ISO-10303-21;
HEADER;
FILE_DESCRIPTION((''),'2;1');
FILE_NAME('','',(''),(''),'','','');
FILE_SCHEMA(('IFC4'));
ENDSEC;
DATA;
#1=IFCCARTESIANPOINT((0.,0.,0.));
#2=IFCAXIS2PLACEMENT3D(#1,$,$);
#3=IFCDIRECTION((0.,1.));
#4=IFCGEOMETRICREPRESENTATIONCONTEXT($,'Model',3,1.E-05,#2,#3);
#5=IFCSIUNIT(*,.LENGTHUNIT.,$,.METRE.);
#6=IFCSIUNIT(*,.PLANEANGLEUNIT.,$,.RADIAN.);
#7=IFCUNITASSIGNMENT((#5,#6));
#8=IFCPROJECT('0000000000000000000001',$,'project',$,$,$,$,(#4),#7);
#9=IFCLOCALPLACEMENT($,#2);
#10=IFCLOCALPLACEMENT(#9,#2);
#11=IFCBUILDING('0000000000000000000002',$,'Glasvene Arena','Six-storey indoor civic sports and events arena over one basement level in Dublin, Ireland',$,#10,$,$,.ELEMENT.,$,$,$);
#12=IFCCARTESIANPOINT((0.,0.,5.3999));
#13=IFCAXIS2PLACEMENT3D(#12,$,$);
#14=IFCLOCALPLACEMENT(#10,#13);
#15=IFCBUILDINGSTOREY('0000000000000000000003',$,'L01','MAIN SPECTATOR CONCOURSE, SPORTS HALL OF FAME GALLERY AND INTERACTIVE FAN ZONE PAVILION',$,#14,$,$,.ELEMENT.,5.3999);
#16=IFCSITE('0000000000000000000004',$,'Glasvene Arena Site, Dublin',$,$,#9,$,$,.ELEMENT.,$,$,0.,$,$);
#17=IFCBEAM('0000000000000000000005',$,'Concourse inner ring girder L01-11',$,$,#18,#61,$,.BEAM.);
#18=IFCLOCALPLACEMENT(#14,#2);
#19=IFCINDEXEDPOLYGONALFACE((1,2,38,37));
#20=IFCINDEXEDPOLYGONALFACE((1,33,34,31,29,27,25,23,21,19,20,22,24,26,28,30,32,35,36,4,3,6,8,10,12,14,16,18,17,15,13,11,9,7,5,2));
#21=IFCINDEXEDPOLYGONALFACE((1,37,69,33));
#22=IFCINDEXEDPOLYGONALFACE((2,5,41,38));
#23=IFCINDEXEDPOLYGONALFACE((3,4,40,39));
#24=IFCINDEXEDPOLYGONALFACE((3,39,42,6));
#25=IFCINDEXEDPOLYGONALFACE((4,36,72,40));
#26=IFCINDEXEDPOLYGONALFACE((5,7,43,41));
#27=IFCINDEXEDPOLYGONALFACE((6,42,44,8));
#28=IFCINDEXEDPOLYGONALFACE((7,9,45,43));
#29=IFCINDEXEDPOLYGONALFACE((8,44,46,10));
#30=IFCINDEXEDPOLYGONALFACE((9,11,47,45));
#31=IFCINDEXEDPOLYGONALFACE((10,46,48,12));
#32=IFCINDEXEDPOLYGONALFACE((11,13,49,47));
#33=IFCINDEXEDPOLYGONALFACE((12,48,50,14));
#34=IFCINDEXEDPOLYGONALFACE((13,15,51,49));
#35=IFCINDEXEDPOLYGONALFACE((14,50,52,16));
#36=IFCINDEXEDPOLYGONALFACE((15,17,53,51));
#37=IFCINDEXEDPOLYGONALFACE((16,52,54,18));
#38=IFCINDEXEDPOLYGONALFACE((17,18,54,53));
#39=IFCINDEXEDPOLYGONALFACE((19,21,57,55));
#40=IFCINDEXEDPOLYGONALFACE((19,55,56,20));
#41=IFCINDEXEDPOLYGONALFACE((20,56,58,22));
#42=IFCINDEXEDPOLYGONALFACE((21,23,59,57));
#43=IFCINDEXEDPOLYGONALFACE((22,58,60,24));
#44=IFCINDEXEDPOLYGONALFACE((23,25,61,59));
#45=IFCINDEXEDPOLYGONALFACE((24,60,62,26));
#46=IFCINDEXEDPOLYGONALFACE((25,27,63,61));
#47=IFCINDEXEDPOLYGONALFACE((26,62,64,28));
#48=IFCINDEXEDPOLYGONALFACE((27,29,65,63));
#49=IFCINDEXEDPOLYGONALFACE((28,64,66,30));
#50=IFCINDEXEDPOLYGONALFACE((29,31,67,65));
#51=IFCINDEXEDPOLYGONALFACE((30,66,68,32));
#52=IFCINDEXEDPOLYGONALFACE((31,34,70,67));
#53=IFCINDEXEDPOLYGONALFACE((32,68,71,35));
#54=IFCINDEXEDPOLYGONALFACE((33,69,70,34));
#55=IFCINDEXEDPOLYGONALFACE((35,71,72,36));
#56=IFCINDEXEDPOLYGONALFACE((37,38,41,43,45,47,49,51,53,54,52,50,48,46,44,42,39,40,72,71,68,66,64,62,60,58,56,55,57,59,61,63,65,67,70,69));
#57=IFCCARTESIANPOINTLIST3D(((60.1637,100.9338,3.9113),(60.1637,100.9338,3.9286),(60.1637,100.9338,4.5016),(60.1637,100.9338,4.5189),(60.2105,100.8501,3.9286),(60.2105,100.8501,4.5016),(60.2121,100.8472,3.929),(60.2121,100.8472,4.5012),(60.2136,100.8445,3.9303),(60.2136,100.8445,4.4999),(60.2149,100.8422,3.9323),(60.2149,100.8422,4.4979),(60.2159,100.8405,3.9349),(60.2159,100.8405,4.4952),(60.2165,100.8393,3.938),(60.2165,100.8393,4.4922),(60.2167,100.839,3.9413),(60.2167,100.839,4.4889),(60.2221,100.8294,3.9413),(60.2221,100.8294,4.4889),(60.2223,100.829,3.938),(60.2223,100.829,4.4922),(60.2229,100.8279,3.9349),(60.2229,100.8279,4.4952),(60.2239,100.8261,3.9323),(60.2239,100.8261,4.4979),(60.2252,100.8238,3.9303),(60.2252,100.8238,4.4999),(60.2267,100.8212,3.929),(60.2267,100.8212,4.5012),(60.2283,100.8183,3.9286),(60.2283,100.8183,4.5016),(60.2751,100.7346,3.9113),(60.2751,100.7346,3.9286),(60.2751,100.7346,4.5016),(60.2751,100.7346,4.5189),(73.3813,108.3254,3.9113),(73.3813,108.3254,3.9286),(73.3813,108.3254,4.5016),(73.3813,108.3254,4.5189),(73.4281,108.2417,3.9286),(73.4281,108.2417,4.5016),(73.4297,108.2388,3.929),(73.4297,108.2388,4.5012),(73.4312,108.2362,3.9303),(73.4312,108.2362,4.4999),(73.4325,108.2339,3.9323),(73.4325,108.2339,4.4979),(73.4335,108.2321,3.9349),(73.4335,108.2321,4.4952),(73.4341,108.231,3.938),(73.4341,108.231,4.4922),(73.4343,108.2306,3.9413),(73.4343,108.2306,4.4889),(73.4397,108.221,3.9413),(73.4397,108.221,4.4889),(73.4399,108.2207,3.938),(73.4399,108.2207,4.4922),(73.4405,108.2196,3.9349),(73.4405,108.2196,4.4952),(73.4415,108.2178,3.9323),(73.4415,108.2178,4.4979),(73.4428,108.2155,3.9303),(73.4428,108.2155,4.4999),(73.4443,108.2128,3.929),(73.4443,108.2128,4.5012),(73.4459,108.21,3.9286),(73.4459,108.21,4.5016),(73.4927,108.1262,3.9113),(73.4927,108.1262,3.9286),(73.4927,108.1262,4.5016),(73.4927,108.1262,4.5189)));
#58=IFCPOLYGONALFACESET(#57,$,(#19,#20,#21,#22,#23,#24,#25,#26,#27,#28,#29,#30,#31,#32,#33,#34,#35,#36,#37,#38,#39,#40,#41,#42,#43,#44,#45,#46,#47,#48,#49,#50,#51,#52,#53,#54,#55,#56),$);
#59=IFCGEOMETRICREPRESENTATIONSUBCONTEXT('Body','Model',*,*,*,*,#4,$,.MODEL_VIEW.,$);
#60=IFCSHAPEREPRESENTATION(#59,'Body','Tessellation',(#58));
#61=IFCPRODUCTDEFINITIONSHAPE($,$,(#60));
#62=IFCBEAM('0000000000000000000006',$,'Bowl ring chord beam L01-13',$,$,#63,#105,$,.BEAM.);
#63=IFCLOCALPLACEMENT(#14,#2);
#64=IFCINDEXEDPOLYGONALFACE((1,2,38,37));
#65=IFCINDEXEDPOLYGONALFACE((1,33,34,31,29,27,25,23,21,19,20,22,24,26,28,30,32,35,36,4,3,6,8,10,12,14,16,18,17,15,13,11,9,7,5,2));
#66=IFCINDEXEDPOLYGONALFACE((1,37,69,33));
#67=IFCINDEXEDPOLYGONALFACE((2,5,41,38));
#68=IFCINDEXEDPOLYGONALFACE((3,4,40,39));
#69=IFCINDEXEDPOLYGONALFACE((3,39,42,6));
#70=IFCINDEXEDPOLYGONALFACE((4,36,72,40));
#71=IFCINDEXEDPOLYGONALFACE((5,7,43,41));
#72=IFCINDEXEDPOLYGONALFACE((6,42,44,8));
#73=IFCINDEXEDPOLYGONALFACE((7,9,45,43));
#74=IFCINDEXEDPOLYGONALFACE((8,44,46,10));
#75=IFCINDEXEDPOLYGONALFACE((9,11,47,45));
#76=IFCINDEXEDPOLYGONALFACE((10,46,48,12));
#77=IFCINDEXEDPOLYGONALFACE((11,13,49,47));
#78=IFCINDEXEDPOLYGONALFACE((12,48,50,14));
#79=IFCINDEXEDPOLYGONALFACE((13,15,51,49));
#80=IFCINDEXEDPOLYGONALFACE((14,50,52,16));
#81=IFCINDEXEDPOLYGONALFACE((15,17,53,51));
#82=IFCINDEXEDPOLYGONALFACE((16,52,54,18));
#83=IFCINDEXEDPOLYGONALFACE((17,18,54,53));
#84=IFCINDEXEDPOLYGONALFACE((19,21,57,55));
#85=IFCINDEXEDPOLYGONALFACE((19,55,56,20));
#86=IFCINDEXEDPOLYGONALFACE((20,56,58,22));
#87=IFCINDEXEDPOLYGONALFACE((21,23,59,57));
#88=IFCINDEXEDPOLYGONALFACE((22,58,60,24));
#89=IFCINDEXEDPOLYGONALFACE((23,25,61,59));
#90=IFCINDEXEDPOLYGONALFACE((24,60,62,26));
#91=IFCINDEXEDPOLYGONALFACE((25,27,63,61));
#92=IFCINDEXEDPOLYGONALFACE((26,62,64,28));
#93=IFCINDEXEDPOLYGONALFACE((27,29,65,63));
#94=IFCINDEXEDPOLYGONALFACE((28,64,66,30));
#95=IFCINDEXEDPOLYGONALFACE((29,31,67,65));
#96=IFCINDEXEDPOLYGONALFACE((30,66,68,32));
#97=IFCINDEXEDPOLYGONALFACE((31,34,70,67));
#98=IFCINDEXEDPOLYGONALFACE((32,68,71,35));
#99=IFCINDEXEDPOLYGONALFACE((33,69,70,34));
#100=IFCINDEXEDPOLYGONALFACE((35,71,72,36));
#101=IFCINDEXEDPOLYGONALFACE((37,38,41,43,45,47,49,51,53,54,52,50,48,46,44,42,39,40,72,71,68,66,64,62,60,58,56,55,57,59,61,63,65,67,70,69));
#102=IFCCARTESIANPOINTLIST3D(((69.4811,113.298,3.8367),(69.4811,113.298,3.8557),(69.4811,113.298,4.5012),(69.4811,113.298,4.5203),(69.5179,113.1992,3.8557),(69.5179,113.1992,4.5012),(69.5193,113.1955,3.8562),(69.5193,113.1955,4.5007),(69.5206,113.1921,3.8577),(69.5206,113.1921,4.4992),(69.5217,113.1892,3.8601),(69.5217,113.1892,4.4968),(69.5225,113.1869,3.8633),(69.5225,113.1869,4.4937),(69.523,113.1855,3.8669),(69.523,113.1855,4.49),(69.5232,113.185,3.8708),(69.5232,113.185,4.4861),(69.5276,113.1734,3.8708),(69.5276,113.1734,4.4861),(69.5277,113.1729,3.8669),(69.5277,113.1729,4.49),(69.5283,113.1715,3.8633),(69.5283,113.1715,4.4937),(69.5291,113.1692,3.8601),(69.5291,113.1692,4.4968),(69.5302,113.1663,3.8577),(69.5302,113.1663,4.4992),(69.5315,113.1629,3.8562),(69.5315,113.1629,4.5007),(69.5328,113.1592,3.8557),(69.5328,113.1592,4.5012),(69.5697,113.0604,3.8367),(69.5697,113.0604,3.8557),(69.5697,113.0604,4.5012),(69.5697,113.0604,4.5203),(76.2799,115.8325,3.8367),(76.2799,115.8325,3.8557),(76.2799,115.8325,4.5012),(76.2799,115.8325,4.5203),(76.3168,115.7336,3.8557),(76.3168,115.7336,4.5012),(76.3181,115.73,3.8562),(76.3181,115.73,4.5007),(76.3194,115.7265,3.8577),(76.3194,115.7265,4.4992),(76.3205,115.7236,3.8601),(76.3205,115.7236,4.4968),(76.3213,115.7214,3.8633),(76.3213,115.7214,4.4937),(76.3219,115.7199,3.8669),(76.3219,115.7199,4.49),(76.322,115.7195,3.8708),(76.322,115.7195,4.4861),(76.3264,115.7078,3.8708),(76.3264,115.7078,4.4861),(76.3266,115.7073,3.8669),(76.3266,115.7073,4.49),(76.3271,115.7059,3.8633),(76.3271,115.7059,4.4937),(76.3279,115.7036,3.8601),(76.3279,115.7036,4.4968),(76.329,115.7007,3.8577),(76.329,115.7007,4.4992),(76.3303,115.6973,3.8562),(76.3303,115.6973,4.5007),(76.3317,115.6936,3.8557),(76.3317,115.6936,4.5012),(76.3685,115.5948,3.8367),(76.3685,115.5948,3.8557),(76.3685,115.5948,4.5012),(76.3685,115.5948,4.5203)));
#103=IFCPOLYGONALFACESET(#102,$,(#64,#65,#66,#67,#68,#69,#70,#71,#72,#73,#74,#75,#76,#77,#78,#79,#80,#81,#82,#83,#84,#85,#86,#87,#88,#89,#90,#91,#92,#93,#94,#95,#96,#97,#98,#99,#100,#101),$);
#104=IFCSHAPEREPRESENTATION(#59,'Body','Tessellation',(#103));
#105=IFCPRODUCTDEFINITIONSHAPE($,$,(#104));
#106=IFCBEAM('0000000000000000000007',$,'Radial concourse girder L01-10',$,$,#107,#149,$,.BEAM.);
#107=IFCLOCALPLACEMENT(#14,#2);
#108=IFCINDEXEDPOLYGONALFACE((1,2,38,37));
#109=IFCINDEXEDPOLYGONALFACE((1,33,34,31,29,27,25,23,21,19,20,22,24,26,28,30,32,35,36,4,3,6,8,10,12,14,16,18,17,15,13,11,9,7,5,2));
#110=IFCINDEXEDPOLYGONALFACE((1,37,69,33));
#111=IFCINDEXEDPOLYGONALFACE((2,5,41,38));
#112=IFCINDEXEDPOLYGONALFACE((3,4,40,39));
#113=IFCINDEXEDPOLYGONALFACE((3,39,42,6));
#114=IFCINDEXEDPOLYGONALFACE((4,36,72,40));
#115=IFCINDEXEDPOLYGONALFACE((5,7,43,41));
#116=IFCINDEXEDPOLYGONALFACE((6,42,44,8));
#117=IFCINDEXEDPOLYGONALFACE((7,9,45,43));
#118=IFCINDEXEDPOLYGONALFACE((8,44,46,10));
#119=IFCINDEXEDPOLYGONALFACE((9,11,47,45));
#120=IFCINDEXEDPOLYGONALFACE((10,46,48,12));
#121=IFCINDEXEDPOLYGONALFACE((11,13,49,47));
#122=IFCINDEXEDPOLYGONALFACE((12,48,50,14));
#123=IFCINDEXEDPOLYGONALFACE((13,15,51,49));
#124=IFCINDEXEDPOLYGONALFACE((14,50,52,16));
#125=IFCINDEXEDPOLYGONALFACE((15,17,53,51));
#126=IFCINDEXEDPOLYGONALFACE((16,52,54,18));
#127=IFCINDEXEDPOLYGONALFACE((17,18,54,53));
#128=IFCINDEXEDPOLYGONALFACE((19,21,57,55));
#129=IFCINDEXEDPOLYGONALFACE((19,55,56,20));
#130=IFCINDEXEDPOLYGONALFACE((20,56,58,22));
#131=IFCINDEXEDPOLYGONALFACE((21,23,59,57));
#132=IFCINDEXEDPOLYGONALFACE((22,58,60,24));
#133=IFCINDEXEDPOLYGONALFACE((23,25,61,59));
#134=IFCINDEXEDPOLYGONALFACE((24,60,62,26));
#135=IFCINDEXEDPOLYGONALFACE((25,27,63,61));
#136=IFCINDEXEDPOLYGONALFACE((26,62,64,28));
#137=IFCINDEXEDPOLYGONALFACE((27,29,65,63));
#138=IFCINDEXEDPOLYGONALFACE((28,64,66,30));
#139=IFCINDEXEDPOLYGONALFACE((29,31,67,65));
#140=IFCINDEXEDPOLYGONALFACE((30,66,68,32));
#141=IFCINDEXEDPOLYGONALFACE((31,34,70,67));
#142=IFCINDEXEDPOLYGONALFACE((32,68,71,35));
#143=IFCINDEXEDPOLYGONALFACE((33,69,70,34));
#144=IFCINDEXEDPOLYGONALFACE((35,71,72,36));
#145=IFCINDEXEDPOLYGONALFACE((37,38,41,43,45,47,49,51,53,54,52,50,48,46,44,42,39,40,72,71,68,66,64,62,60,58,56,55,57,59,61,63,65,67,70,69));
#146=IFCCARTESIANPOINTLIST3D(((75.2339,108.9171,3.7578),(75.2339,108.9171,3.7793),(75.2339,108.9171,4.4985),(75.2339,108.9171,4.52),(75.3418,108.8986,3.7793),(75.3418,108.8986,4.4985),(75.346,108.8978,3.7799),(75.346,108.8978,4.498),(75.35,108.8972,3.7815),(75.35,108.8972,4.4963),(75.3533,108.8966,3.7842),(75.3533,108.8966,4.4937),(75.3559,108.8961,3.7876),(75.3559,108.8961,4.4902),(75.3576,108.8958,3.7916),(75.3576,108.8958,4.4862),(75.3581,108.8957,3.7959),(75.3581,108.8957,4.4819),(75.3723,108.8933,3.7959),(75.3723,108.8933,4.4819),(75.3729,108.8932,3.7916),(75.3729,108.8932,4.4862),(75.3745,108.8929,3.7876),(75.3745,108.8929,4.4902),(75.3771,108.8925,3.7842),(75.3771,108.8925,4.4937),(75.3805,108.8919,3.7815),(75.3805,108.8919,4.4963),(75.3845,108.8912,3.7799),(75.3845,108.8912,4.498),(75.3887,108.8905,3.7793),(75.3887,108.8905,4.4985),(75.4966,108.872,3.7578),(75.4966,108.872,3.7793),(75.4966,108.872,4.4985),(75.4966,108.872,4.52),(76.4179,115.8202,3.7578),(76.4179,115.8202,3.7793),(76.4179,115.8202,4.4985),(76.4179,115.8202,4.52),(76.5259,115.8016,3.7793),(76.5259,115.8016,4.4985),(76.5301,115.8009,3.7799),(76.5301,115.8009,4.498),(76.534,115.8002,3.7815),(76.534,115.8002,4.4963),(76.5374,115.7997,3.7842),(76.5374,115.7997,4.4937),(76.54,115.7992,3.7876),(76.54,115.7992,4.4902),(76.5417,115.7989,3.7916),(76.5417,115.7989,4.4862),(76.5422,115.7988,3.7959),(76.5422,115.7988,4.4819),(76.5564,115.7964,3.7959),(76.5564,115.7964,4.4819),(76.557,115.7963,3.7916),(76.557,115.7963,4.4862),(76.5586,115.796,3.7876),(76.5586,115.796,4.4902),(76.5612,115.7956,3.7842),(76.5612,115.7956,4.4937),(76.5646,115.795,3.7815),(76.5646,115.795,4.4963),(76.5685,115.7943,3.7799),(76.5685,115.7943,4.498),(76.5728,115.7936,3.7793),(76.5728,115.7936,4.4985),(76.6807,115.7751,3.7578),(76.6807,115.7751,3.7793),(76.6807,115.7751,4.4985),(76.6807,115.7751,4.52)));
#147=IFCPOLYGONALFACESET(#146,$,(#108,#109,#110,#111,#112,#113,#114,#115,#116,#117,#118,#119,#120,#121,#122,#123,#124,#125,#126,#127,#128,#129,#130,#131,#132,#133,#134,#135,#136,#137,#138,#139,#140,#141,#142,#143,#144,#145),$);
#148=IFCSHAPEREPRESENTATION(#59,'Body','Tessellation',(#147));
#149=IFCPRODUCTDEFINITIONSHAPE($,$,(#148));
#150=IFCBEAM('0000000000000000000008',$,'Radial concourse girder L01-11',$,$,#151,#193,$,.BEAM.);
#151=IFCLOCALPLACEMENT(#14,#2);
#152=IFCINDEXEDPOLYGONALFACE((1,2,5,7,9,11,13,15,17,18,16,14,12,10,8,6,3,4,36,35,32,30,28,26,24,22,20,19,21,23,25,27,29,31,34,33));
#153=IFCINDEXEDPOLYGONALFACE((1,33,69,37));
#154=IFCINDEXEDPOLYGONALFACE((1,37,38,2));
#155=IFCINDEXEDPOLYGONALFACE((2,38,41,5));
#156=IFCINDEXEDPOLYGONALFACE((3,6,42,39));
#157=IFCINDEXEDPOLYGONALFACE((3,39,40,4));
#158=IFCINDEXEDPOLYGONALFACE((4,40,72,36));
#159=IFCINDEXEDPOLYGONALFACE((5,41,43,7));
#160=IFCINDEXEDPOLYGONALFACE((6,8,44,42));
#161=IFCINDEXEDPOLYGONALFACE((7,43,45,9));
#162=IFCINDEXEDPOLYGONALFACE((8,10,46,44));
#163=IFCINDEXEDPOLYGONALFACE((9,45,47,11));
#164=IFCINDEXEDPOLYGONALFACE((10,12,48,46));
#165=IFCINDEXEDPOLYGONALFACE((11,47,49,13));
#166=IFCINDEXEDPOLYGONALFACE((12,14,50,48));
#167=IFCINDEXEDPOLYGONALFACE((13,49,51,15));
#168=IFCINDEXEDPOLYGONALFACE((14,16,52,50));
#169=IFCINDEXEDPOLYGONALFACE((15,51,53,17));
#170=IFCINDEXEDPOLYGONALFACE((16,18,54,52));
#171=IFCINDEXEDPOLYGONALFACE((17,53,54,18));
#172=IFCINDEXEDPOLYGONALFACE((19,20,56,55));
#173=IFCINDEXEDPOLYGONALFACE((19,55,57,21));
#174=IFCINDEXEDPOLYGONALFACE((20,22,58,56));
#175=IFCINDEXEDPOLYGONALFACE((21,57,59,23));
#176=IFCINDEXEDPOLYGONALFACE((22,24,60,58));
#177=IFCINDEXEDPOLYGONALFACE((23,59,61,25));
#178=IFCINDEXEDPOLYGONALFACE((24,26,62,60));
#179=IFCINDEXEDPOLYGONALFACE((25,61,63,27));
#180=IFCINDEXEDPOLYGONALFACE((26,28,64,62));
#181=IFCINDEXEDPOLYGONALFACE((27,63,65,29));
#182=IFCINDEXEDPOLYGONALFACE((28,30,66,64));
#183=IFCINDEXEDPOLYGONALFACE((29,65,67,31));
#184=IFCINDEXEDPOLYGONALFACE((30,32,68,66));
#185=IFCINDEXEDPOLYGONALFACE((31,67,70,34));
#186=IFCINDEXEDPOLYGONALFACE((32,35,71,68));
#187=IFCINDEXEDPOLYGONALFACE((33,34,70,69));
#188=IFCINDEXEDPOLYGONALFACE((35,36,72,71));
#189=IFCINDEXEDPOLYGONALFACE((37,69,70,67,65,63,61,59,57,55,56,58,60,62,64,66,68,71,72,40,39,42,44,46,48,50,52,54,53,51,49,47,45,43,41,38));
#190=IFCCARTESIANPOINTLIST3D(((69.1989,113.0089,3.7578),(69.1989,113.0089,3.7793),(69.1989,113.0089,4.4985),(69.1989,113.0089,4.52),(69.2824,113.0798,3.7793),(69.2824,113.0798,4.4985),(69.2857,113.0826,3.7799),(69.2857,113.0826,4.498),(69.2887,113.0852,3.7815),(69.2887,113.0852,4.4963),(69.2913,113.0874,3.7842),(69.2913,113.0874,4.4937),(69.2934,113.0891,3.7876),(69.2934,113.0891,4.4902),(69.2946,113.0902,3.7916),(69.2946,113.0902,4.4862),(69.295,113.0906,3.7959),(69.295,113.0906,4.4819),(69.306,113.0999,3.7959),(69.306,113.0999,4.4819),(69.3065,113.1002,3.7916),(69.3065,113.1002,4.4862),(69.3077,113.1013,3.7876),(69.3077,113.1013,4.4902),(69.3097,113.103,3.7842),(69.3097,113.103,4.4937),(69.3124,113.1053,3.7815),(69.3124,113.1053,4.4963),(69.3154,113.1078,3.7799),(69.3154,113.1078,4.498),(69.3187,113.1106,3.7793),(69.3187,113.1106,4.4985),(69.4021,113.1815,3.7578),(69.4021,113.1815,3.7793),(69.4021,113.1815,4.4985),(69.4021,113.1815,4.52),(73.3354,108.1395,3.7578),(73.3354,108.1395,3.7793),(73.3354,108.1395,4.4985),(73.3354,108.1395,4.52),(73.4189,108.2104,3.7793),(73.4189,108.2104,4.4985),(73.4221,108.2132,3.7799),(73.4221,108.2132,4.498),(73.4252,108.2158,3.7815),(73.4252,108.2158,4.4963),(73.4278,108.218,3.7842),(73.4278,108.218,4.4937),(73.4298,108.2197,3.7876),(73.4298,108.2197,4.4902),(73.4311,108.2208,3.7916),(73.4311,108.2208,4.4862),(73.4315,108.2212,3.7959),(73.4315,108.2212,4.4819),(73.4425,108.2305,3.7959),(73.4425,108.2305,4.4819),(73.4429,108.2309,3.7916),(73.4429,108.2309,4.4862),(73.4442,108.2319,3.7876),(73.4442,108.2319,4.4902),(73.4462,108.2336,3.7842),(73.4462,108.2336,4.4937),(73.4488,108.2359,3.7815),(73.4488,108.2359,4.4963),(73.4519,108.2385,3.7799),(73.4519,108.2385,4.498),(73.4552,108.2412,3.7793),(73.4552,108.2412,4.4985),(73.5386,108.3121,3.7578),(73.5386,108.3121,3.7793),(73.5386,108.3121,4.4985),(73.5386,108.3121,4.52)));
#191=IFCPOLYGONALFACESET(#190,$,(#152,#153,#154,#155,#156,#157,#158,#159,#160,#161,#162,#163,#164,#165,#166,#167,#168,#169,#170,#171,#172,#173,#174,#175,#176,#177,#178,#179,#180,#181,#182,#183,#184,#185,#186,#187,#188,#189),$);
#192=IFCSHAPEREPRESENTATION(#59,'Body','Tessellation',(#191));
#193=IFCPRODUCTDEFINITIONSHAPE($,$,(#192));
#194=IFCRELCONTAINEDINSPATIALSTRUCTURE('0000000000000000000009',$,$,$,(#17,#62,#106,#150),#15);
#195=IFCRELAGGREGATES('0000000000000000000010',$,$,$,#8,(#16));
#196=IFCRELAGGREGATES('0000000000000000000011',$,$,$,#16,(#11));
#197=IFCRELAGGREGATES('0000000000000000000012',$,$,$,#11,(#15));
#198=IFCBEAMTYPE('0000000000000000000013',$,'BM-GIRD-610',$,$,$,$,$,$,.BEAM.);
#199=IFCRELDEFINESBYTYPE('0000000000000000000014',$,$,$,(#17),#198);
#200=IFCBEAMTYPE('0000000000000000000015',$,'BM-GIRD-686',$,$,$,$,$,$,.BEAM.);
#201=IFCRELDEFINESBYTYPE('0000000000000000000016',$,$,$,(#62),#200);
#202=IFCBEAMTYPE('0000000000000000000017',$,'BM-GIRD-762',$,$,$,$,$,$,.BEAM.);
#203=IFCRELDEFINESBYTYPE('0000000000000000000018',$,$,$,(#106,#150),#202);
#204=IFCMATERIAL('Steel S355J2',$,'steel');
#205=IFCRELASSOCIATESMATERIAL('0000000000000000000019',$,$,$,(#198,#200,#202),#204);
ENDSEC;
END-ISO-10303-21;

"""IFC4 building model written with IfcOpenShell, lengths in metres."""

from ifc_helpers import new_model, si_unit, direction, frame, origin, origin_2d, place, context, subcontext, project, spatial, i_section, extrude, material, material_profile, profile_set, type_object, element, save


model = new_model("IFC4")

# Units and contexts
model_context = context("Model", 3, precision=1e-05, world=origin(), true_north=direction((0.0, 1.0)))
body_context = subcontext(model_context, "Body", "Model", "MODEL_VIEW")
ifc_project = project(units=[si_unit("LENGTHUNIT", "METRE"), si_unit("PLANEANGLEUNIT", "RADIAN")], contexts=[model_context])

# Site, building, storey
site_placement = place(None, origin())
site = spatial("IfcSite", under=ifc_project, at=site_placement, Name="Glasvene Arena Site, Dublin", CompositionType="ELEMENT", RefElevation=0.0)
building_placement = place(site_placement, origin())
building = spatial("IfcBuilding", under=site, at=building_placement, Name="Glasvene Arena", Description="Six-storey indoor civic sports and events arena over one basement level in Dublin, Ireland", CompositionType="ELEMENT")
storey_placement = place(building_placement, frame((0.0, 0.0, 5.3999)))
storey = spatial("IfcBuildingStorey", under=building, at=storey_placement, Name="L01", Description="MAIN SPECTATOR CONCOURSE, SPORTS HALL OF FAME GALLERY AND INTERACTIVE FAN ZONE PAVILION", CompositionType="ELEMENT", Elevation=5.3999)

# Shared definitions
ifc_material_1 = material(Name="Steel S355J2", Category="steel")

# Beams
ifc_material_profile_1 = material_profile(ifc_material_1, i_section(OverallWidth=0.2283, OverallDepth=0.6077, WebThickness=0.011, FlangeThickness=0.0173, FilletRadius=0.0127, at=origin_2d()), Name="UKB 610x229x113")
ifc_profile_set_1 = profile_set([ifc_material_profile_1], Name="Steel S355J2")
beam_type_1 = type_object("IfcBeamType", Name="BM-GIRD-610", PredefinedType="BEAM", material=ifc_profile_set_1)
beam_1_placement = place(storey_placement, frame((73.437, 108.2258, 4.2151), z_axis=(-0.872793, -0.48809, 0.0), x_axis=(0.48809, -0.872793, 0.0)))
element("IfcBeam", 1, at=beam_1_placement, inside=storey, type_object=beam_type_1, Name="Concourse inner ring girder L01-11", PredefinedType="BEAM", context=body_context, shape_type="SweptSolid", body=[
    extrude(i_section(OverallWidth=0.2283, OverallDepth=0.6077, WebThickness=0.011, FlangeThickness=0.0173, FilletRadius=0.0127, at=origin_2d()), origin(), (0.0, 0.0, 1.0), 15.144),
])
ifc_material_profile_2 = material_profile(ifc_material_1, i_section(OverallWidth=0.2537, OverallDepth=0.6836, WebThickness=0.0125, FlangeThickness=0.019, FilletRadius=0.0151, at=origin_2d()), Name="UKB 686x254x140")
ifc_profile_set_2 = profile_set([ifc_material_profile_2], Name="Steel S355J2")
beam_type_2 = type_object("IfcBeamType", Name="BM-GIRD-686", PredefinedType="BEAM", material=ifc_profile_set_2)
beam_2_placement = place(storey_placement, frame((76.3242, 115.7136, 4.1785), z_axis=(-0.937013, -0.349294, 0.0), x_axis=(0.349294, -0.937013, 0.0)))
element("IfcBeam", 2, at=beam_2_placement, inside=storey, type_object=beam_type_2, Name="Bowl ring chord beam L01-13", PredefinedType="BEAM", context=body_context, shape_type="SweptSolid", body=[
    extrude(i_section(OverallWidth=0.2537, OverallDepth=0.6836, WebThickness=0.0125, FlangeThickness=0.019, FilletRadius=0.0151, at=origin_2d()), origin(), (0.0, 0.0, 1.0), 7.2559),
])
ifc_material_profile_3 = material_profile(ifc_material_1, i_section(OverallWidth=0.2666, OverallDepth=0.7622, WebThickness=0.0144, FlangeThickness=0.0215, FilletRadius=0.0166, at=origin_2d()), Name="UKB 762x267x173")
ifc_profile_set_3 = profile_set([ifc_material_profile_3], Name="Steel S355J2")
beam_type_3 = type_object("IfcBeamType", Name="BM-GIRD-762", PredefinedType="BEAM", material=ifc_profile_set_3)
beam_3_placement = place(storey_placement, frame((75.3652, 108.8945, 4.1389), z_axis=(0.169061, 0.985606, 0.0), x_axis=(-0.985606, 0.169061, 0.0)))
element("IfcBeam", 3, at=beam_3_placement, inside=storey, type_object=beam_type_3, Name="Radial concourse girder L01-10", PredefinedType="BEAM", context=body_context, shape_type="SweptSolid", body=[
    extrude(i_section(OverallWidth=0.2666, OverallDepth=0.7622, WebThickness=0.0144, FlangeThickness=0.0215, FilletRadius=0.0166, at=origin_2d()), origin(), (0.0, 0.0, 1.0), 7.0039),
])
beam_4_placement = place(storey_placement, frame((73.437, 108.2258, 4.1389), z_axis=(-0.647421, 0.762133, 0.0), x_axis=(-0.762133, -0.647421, 0.0)))
element("IfcBeam", 4, at=beam_4_placement, inside=storey, type_object=beam_type_3, Name="Radial concourse girder L01-11", PredefinedType="BEAM", context=body_context, shape_type="SweptSolid", body=[
    extrude(i_section(OverallWidth=0.2666, OverallDepth=0.7622, WebThickness=0.0144, FlangeThickness=0.0215, FilletRadius=0.0166, at=origin_2d()), origin(), (0.0, 0.0, 1.0), 6.3892),
])

save(model, "model.ifc")
